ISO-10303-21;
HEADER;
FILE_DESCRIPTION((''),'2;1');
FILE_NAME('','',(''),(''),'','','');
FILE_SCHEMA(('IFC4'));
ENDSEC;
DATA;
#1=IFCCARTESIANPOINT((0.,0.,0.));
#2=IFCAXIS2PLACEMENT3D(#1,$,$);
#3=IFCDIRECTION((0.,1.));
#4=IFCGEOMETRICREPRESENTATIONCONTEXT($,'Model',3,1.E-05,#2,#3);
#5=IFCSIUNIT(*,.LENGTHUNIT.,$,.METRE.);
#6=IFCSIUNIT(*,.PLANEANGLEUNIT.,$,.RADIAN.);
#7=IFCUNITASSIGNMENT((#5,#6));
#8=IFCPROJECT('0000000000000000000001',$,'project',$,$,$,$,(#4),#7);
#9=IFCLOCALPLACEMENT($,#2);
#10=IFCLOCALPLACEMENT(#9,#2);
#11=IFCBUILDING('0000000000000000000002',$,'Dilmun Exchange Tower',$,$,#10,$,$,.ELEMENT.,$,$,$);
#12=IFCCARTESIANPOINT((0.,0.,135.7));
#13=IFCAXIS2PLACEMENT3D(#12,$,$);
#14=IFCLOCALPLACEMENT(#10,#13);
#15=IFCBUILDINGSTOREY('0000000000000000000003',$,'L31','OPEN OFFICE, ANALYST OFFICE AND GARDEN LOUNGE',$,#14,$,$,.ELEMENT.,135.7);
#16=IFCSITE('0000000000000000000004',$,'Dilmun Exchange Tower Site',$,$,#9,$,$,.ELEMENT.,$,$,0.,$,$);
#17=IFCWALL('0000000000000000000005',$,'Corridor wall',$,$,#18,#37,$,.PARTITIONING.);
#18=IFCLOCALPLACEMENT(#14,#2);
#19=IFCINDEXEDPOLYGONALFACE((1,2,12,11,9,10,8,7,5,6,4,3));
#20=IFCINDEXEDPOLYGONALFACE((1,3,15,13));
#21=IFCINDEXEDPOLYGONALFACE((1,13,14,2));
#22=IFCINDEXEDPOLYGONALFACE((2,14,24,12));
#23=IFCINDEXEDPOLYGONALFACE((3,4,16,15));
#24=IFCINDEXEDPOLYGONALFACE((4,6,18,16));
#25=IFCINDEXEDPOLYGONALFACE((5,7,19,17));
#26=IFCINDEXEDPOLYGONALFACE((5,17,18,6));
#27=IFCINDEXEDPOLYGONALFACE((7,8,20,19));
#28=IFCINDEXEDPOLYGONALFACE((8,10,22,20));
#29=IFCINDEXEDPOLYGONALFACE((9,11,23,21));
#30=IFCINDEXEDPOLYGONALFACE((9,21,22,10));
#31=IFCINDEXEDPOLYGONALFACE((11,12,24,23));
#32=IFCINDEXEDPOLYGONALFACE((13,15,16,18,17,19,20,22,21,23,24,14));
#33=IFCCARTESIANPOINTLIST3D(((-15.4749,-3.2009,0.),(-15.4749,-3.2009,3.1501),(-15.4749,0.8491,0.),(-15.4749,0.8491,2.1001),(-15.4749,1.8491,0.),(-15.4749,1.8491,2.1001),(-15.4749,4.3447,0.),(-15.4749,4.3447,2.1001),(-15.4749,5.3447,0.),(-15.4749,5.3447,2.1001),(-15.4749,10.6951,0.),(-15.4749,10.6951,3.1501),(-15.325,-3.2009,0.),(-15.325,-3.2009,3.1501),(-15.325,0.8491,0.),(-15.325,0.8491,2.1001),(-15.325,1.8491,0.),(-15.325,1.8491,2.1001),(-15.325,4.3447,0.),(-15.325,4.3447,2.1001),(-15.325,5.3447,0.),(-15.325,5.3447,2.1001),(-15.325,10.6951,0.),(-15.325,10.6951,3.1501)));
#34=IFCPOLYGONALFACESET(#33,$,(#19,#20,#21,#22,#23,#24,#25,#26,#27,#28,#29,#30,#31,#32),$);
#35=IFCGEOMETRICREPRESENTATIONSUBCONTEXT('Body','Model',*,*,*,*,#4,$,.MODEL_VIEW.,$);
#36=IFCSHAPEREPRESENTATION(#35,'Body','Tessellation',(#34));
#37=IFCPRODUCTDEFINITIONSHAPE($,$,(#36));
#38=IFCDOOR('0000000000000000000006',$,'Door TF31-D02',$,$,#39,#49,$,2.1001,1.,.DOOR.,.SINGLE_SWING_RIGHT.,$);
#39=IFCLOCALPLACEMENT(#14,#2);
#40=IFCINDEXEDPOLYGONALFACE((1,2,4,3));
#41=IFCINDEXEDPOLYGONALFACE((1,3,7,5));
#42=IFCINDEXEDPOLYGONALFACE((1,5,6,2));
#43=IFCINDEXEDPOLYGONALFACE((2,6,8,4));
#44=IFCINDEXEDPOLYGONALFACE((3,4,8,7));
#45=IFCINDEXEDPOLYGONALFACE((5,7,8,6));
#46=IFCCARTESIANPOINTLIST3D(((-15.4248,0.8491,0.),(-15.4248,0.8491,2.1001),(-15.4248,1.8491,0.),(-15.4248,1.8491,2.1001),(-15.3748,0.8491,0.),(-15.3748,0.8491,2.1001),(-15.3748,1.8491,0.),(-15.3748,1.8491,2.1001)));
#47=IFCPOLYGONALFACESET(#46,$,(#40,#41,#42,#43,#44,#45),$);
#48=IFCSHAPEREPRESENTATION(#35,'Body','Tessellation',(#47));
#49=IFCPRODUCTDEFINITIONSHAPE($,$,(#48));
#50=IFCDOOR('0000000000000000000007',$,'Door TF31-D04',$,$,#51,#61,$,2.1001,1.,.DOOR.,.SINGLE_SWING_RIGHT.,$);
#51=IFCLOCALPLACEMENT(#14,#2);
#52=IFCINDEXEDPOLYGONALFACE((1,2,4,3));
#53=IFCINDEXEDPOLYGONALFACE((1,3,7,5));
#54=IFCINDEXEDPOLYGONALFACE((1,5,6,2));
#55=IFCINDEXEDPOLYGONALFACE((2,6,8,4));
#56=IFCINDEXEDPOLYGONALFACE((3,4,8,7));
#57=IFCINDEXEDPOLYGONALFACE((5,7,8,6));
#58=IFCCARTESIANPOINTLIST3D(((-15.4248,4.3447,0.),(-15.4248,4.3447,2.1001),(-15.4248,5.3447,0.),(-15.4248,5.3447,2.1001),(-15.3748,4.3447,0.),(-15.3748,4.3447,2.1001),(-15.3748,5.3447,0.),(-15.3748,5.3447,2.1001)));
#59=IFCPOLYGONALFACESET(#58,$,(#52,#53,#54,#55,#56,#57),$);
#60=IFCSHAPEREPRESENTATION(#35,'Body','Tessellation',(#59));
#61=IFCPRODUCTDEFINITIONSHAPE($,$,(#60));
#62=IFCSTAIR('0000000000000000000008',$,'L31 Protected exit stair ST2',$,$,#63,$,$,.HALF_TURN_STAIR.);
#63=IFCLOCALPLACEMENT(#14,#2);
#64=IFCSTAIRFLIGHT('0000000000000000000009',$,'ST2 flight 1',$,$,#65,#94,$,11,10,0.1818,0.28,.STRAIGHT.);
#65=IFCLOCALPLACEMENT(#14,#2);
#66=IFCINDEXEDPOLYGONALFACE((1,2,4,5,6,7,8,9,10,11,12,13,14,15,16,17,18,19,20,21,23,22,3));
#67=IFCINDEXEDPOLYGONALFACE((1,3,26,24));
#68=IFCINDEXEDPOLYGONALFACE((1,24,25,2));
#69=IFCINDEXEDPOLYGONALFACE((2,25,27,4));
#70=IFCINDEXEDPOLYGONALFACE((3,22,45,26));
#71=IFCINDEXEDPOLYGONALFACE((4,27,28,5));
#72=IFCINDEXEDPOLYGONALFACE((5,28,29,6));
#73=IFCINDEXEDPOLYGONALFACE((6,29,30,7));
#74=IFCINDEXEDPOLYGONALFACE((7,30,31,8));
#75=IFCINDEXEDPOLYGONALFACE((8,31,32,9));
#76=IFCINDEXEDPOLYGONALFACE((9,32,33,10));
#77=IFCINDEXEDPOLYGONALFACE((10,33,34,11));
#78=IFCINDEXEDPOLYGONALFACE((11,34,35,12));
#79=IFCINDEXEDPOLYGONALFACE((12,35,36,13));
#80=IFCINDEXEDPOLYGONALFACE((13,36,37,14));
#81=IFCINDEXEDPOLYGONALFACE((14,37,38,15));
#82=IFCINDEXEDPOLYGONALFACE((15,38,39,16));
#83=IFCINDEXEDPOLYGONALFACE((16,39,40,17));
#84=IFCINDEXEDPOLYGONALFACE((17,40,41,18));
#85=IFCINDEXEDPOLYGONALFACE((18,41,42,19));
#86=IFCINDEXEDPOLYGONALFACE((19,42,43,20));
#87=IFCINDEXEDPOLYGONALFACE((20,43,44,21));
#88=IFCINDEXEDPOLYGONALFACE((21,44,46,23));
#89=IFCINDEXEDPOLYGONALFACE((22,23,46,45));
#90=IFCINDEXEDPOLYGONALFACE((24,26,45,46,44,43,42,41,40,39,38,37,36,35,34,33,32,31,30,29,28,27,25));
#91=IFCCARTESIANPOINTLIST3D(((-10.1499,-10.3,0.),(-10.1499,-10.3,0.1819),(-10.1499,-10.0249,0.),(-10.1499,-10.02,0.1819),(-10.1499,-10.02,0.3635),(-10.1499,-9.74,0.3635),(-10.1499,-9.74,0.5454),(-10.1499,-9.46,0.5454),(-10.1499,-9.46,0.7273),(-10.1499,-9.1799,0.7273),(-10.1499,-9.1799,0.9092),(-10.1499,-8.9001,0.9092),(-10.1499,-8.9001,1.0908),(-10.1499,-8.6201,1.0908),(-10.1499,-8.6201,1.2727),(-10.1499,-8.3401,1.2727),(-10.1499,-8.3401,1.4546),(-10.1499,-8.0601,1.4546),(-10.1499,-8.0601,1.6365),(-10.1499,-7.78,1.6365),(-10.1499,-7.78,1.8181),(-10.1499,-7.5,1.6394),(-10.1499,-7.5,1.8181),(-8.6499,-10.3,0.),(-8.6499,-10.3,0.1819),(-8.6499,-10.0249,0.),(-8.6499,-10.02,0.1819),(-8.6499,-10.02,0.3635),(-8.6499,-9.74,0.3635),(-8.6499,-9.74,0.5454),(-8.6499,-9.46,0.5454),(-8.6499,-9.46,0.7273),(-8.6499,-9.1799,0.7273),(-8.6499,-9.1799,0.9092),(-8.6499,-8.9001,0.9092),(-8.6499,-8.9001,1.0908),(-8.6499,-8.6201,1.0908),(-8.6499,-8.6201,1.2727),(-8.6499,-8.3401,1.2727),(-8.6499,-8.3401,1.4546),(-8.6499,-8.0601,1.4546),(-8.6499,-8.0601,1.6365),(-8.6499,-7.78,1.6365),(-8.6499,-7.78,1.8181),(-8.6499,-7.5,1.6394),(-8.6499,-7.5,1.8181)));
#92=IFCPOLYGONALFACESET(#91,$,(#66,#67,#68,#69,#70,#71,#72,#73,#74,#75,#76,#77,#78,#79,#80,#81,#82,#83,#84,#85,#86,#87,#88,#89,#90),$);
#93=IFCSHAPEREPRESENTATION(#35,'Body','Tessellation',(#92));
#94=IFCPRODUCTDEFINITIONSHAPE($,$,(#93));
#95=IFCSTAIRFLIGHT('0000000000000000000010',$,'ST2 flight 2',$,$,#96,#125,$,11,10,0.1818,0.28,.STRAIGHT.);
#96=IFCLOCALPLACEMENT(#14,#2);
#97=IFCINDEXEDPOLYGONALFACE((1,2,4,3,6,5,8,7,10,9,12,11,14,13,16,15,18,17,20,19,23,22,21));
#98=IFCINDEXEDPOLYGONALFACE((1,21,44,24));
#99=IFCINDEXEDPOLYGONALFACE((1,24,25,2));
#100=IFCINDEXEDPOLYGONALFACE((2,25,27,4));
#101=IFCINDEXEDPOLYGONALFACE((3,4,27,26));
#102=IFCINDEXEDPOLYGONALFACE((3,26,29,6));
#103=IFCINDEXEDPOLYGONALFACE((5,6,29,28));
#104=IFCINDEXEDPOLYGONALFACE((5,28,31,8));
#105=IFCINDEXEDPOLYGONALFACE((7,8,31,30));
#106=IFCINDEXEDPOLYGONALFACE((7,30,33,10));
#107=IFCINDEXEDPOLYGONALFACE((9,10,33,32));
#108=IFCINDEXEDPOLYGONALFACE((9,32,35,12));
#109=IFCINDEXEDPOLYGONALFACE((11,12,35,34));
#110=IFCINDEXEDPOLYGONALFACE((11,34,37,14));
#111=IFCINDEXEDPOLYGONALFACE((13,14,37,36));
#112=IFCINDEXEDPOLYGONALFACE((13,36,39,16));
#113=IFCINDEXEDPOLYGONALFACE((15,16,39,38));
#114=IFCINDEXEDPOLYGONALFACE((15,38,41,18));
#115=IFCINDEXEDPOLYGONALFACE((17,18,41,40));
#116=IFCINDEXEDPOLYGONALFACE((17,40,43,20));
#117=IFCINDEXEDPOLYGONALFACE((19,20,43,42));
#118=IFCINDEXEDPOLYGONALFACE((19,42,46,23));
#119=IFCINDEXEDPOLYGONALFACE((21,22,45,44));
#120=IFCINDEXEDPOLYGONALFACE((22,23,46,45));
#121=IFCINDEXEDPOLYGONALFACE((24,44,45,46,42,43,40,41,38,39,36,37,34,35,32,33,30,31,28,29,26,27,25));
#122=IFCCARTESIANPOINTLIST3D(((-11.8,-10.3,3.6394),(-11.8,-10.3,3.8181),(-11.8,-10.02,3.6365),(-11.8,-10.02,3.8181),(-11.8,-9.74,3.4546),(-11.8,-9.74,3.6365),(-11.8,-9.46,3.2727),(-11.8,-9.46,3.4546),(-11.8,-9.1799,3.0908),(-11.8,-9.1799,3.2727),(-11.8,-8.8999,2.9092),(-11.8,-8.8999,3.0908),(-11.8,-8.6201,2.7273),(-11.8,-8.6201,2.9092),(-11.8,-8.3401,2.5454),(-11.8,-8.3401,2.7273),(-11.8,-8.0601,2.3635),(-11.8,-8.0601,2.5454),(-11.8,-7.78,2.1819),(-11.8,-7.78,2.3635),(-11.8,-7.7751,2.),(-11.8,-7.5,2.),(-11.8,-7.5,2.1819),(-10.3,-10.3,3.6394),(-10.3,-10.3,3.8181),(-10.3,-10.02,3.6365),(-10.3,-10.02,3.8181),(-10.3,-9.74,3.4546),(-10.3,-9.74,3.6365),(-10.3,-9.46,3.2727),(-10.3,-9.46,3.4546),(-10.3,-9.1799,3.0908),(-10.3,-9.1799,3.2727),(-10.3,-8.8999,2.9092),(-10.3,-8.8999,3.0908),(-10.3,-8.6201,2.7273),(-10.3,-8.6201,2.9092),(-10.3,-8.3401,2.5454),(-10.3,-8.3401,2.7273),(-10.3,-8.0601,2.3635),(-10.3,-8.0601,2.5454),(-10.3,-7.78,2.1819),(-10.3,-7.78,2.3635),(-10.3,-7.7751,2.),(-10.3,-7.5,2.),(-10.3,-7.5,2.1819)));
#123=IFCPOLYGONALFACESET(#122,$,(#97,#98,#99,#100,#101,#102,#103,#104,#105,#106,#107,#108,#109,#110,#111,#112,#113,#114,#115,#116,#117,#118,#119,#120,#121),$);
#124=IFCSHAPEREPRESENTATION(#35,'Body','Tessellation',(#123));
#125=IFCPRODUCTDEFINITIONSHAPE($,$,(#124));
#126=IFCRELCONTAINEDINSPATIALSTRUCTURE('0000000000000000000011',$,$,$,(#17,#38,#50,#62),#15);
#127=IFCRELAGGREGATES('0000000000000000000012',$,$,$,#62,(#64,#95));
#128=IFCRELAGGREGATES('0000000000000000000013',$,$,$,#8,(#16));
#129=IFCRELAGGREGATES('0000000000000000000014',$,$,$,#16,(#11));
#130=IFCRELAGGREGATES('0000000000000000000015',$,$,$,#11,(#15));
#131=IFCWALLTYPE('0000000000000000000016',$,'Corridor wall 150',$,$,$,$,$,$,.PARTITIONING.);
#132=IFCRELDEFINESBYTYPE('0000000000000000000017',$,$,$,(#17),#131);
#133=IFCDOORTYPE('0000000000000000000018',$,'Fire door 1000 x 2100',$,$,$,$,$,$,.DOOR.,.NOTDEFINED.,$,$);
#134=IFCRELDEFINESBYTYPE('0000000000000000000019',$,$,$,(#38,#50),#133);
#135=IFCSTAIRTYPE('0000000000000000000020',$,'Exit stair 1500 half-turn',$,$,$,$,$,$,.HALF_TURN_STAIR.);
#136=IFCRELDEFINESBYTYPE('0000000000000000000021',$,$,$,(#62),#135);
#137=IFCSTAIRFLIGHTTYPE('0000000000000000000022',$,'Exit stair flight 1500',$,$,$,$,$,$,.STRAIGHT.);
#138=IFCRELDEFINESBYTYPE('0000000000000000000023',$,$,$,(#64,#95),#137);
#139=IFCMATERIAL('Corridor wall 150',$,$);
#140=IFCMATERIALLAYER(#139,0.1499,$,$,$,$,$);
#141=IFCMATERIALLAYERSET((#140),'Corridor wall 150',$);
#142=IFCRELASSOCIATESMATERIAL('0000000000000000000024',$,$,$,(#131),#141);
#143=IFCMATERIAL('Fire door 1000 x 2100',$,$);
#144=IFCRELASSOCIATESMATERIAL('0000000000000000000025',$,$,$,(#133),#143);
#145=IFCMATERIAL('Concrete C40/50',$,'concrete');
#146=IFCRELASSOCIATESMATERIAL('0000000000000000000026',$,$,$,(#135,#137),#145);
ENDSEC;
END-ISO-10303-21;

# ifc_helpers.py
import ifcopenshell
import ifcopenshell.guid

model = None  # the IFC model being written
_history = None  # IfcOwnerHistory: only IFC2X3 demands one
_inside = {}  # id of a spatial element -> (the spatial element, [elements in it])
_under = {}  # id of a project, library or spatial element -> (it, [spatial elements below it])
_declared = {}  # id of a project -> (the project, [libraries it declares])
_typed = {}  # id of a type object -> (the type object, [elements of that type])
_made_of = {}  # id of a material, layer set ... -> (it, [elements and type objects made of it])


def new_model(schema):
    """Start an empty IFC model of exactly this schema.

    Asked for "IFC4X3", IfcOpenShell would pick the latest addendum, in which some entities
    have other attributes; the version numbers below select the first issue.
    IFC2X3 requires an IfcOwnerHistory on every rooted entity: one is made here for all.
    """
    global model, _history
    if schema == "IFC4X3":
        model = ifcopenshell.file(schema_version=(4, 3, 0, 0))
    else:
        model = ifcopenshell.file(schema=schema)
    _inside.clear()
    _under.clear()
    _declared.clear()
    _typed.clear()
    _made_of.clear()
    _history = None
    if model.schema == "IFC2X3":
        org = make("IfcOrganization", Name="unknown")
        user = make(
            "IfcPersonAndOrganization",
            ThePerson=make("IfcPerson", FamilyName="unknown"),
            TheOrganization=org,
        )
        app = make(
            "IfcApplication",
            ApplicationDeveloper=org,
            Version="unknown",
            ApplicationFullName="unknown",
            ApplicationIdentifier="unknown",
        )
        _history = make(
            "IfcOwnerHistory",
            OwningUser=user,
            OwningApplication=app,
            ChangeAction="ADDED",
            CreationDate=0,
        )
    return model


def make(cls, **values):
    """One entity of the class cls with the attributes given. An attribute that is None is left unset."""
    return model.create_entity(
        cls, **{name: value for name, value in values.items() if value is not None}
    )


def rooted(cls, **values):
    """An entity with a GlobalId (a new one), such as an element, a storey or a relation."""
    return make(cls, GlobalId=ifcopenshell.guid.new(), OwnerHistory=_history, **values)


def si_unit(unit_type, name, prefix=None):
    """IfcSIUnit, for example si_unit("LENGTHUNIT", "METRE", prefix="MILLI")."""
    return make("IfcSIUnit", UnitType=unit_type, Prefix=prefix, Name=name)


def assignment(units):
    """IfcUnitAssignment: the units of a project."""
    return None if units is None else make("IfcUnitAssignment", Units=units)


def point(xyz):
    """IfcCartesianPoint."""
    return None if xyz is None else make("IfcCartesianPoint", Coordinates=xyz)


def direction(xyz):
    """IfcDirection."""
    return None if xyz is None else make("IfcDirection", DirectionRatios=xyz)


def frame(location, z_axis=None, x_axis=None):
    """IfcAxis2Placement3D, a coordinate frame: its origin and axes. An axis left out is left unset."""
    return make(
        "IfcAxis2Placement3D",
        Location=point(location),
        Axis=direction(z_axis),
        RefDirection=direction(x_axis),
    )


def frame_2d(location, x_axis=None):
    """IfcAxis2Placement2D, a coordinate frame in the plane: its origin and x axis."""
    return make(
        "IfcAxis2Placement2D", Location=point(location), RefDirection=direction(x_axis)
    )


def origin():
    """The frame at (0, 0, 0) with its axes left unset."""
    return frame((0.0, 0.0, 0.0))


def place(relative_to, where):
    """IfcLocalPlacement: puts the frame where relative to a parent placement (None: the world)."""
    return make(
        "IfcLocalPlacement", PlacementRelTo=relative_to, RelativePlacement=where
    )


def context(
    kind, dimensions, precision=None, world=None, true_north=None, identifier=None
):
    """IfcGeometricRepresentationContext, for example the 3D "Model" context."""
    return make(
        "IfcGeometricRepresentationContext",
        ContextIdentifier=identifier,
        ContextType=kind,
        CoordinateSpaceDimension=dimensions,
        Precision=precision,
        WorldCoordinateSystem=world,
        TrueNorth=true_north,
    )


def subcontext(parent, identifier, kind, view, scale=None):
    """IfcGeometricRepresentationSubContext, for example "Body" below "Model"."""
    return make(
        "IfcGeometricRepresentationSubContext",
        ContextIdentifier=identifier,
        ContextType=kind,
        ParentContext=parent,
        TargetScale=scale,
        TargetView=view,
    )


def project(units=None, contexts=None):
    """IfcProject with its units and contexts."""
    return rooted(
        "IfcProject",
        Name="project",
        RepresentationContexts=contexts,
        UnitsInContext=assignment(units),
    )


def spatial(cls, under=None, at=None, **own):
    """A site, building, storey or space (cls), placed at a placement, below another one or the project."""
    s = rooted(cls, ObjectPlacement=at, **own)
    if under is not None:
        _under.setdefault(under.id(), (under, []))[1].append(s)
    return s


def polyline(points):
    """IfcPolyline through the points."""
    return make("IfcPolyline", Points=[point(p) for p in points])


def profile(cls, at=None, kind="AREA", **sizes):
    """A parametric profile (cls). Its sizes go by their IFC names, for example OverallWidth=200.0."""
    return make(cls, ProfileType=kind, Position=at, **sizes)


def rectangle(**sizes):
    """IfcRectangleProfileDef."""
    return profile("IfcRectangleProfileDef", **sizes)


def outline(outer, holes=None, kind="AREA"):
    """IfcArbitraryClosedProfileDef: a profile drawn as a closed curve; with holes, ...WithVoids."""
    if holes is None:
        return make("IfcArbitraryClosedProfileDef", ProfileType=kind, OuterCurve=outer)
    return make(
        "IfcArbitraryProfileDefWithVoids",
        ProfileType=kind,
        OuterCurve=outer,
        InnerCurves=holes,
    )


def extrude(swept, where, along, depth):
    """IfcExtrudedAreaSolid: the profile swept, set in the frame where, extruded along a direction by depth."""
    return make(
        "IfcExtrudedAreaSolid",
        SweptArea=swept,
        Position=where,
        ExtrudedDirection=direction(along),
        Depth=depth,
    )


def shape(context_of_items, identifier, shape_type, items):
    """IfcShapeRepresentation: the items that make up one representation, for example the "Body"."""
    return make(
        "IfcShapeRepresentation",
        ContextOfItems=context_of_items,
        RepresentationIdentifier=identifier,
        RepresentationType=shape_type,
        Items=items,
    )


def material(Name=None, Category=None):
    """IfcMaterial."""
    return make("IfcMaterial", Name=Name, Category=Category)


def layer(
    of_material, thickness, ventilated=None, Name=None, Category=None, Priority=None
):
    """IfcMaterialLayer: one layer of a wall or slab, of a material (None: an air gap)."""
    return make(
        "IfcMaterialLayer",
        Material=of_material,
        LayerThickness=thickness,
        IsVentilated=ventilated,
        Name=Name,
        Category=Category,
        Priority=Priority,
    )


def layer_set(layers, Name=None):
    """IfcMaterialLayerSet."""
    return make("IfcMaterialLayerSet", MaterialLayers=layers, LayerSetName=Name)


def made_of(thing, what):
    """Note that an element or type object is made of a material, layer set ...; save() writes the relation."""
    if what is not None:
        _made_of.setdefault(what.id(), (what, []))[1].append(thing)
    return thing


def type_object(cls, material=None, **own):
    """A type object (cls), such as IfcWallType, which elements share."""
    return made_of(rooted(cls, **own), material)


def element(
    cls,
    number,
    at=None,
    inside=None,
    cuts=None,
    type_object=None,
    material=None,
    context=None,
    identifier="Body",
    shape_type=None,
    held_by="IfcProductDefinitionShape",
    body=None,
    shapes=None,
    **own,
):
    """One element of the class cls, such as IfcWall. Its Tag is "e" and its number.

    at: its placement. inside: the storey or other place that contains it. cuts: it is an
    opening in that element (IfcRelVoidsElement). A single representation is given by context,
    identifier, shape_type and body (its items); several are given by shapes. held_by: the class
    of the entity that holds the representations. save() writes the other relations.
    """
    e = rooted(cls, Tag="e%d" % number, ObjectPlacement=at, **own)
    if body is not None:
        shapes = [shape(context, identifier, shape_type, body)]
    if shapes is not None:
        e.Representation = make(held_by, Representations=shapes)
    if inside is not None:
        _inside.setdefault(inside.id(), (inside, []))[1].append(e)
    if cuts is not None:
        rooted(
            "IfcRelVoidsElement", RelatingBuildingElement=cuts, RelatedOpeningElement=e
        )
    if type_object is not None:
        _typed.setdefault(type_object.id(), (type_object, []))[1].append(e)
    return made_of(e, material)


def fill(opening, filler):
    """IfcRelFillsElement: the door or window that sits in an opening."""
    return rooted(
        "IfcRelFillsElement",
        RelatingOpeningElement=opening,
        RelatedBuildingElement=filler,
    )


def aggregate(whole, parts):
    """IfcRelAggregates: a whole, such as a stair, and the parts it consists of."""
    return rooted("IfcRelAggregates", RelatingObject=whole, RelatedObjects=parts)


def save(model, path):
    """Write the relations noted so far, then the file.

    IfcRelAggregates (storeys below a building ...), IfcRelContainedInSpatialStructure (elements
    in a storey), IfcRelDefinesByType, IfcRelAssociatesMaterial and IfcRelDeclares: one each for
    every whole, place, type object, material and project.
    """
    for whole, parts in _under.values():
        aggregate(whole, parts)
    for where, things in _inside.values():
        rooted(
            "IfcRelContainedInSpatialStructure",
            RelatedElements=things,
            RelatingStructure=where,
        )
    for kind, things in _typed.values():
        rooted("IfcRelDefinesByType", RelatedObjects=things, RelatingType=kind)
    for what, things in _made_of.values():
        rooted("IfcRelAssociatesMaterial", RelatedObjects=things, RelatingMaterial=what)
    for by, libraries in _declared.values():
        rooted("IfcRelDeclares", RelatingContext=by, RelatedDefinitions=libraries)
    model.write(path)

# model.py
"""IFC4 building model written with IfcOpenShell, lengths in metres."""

from ifc_helpers import new_model, si_unit, direction, frame, frame_2d, origin, place, context, subcontext, project, spatial, polyline, rectangle, outline, extrude, material, layer, layer_set, type_object, element, fill, aggregate, save


model = new_model("IFC4")

# Units and contexts
model_context = context("Model", 3, precision=1e-05, world=origin(), true_north=direction((0.0, 1.0)))
body_context = subcontext(model_context, "Body", "Model", "MODEL_VIEW")
ifc_project = project(units=[si_unit("LENGTHUNIT", "METRE"), si_unit("PLANEANGLEUNIT", "RADIAN")], contexts=[model_context])

# Site, building, storey
site_placement = place(None, origin())
site = spatial("IfcSite", under=ifc_project, at=site_placement, Name="Dilmun Exchange Tower Site", CompositionType="ELEMENT", RefElevation=0.0)
building_placement = place(site_placement, origin())
building = spatial("IfcBuilding", under=site, at=building_placement, Name="Dilmun Exchange Tower", CompositionType="ELEMENT")
storey_placement = place(building_placement, frame((0.0, 0.0, 135.7)))
storey = spatial("IfcBuildingStorey", under=building, at=storey_placement, Name="L31", Description="OPEN OFFICE, ANALYST OFFICE AND GARDEN LOUNGE", CompositionType="ELEMENT", Elevation=135.7)

# Shared definitions
ifc_material_1 = material(Name="Concrete C40/50", Category="concrete")

# Shared definitions
ifc_material_2 = material(Name="Corridor wall 150")
ifc_layer_1 = layer(ifc_material_2, 0.1499)
ifc_layer_set_1 = layer_set([ifc_layer_1], Name="Corridor wall 150")
wall_type_1 = type_object("IfcWallType", Name="Corridor wall 150", PredefinedType="PARTITIONING", material=ifc_layer_set_1)

# Shared definitions
ifc_material_3 = material(Name="Fire door 1000 x 2100")
door_type_1 = type_object("IfcDoorType", Name="Fire door 1000 x 2100", OperationType="NOTDEFINED", PredefinedType="DOOR", material=ifc_material_3)

# Wall, openings, doors
wall_1_placement = place(storey_placement, frame((-15.3999, -3.2009, 0.0), z_axis=(0.0, 0.0, 1.0), x_axis=(0.0, 1.0, 0.0)))
wall_1 = element("IfcWall", 1, at=wall_1_placement, inside=storey, type_object=wall_type_1, Name="Corridor wall", PredefinedType="PARTITIONING", context=body_context, shape_type="SweptSolid", body=[
    extrude(rectangle(XDim=13.896, YDim=0.1499, at=frame_2d((6.948, 0.0))), origin(), (0.0, 0.0, 1.0), 3.1501),
])
opening_1_placement = place(wall_1_placement, frame((4.05, 0.0, 0.0)))
opening_1 = element("IfcOpeningElement", 2, at=opening_1_placement, cuts=wall_1, PredefinedType="OPENING", context=body_context, shape_type="SweptSolid", body=[
    extrude(rectangle(XDim=1.0, YDim=2.1001, at=frame_2d((0.5, 1.05))), frame((0.0, 0.085, 0.0), z_axis=(0.0, -1.0, 0.0), x_axis=(1.0, 0.0, 0.0)), (0.0, 0.0, 1.0), 0.1699),
])
opening_2_placement = place(wall_1_placement, frame((7.5457, 0.0, 0.0)))
opening_2 = element("IfcOpeningElement", 3, at=opening_2_placement, cuts=wall_1, PredefinedType="OPENING", context=body_context, shape_type="SweptSolid", body=[
    extrude(rectangle(XDim=1.0, YDim=2.1001, at=frame_2d((0.5, 1.05))), frame((0.0, 0.085, 0.0), z_axis=(0.0, -1.0, 0.0), x_axis=(1.0, 0.0, 0.0)), (0.0, 0.0, 1.0), 0.1699),
])
door_1_placement = place(opening_1_placement, origin())
door_1 = element("IfcDoor", 4, at=door_1_placement, inside=storey, type_object=door_type_1, Name="Door TF31-D02", OperationType="SINGLE_SWING_RIGHT", OverallHeight=2.1001, OverallWidth=1.0, PredefinedType="DOOR", context=body_context, shape_type="SweptSolid", body=[
    extrude(rectangle(XDim=1.0, YDim=2.1001, at=frame_2d((0.5, 1.05))), frame((0.0, 0.0249, 0.0), z_axis=(0.0, -1.0, 0.0), x_axis=(1.0, 0.0, 0.0)), (0.0, 0.0, 1.0), 0.05),
])
fill(opening_1, door_1)
door_2_placement = place(opening_2_placement, origin())
door_2 = element("IfcDoor", 5, at=door_2_placement, inside=storey, type_object=door_type_1, Name="Door TF31-D04", OperationType="SINGLE_SWING_RIGHT", OverallHeight=2.1001, OverallWidth=1.0, PredefinedType="DOOR", context=body_context, shape_type="SweptSolid", body=[
    extrude(rectangle(XDim=1.0, YDim=2.1001, at=frame_2d((0.5, 1.05))), frame((0.0, 0.0249, 0.0), z_axis=(0.0, -1.0, 0.0), x_axis=(1.0, 0.0, 0.0)), (0.0, 0.0, 1.0), 0.05),
])
fill(opening_2, door_2)

# Stair, stair flights
stair_type = type_object("IfcStairType", Name="Exit stair 1500 half-turn", PredefinedType="HALF_TURN_STAIR", material=ifc_material_1)
stair_placement = place(storey_placement, origin())
stair = element("IfcStair", 6, at=stair_placement, inside=storey, type_object=stair_type, Name="L31 Protected exit stair ST2", PredefinedType="HALF_TURN_STAIR")
stair_flight_type = type_object("IfcStairFlightType", Name="Exit stair flight 1500", PredefinedType="STRAIGHT", material=ifc_material_1)
stair_flight_1_placement = place(storey_placement, frame((-9.3999, -10.3, 0.0), z_axis=(0.0, 0.0, 1.0), x_axis=(0.0, 1.0, 0.0)))
stair_flight_1 = element("IfcStairFlight", 7, at=stair_flight_1_placement, type_object=stair_flight_type, Name="ST2 flight 1", NumberOfRisers=11, NumberOfTreads=10, PredefinedType="STRAIGHT", RiserHeight=0.1818, TreadLength=0.28, context=body_context, shape_type="SweptSolid", body=[
    extrude(outline(polyline([(0.0, 0.0), (0.0, 0.1819), (0.28, 0.1819), (0.28, 0.3635), (0.5601, 0.3635), (0.5601, 0.5454), (0.8401, 0.5454), (0.8401, 0.7273), (1.1201, 0.7273), (1.1201, 0.9092), (1.3999, 0.9092), (1.3999, 1.0908), (1.6799, 1.0908), (1.6799, 1.2727), (1.96, 1.2727), (1.96, 1.4546), (2.24, 1.4546), (2.24, 1.6365), (2.52, 1.6365), (2.52, 1.8181), (2.8, 1.8181), (2.8, 2.0), (2.8, 1.6394), (0.2751, 0.0), (0.0, 0.0)])), frame((0.0, 0.75, 0.0), z_axis=(0.0, -1.0, 0.0), x_axis=(1.0, 0.0, 0.0)), (0.0, 0.0, 1.0), 1.5),
])
stair_flight_2_placement = place(storey_placement, frame((-11.05, -7.5, 2.0), z_axis=(0.0, 0.0, 1.0), x_axis=(0.0, -1.0, 0.0)))
stair_flight_2 = element("IfcStairFlight", 8, at=stair_flight_2_placement, type_object=stair_flight_type, Name="ST2 flight 2", NumberOfRisers=11, NumberOfTreads=10, PredefinedType="STRAIGHT", RiserHeight=0.1818, TreadLength=0.28, context=body_context, shape_type="SweptSolid", body=[
    extrude(outline(polyline([(0.0, 0.0), (0.0, 0.1819), (0.28, 0.1819), (0.28, 0.3635), (0.5601, 0.3635), (0.5601, 0.5454), (0.8401, 0.5454), (0.8401, 0.7273), (1.1201, 0.7273), (1.1201, 0.9092), (1.3999, 0.9092), (1.3999, 1.0908), (1.6799, 1.0908), (1.6799, 1.2727), (1.96, 1.2727), (1.96, 1.4546), (2.24, 1.4546), (2.24, 1.6365), (2.52, 1.6365), (2.52, 1.8181), (2.8, 1.8181), (2.8, 2.0), (2.8, 1.6394), (0.2751, 0.0), (0.0, 0.0)])), frame((0.0, 0.75, 0.0), z_axis=(0.0, -1.0, 0.0), x_axis=(1.0, 0.0, 0.0)), (0.0, 0.0, 1.0), 1.5),
])
aggregate(stair, [stair_flight_1, stair_flight_2])

save(model, "model.ifc")
